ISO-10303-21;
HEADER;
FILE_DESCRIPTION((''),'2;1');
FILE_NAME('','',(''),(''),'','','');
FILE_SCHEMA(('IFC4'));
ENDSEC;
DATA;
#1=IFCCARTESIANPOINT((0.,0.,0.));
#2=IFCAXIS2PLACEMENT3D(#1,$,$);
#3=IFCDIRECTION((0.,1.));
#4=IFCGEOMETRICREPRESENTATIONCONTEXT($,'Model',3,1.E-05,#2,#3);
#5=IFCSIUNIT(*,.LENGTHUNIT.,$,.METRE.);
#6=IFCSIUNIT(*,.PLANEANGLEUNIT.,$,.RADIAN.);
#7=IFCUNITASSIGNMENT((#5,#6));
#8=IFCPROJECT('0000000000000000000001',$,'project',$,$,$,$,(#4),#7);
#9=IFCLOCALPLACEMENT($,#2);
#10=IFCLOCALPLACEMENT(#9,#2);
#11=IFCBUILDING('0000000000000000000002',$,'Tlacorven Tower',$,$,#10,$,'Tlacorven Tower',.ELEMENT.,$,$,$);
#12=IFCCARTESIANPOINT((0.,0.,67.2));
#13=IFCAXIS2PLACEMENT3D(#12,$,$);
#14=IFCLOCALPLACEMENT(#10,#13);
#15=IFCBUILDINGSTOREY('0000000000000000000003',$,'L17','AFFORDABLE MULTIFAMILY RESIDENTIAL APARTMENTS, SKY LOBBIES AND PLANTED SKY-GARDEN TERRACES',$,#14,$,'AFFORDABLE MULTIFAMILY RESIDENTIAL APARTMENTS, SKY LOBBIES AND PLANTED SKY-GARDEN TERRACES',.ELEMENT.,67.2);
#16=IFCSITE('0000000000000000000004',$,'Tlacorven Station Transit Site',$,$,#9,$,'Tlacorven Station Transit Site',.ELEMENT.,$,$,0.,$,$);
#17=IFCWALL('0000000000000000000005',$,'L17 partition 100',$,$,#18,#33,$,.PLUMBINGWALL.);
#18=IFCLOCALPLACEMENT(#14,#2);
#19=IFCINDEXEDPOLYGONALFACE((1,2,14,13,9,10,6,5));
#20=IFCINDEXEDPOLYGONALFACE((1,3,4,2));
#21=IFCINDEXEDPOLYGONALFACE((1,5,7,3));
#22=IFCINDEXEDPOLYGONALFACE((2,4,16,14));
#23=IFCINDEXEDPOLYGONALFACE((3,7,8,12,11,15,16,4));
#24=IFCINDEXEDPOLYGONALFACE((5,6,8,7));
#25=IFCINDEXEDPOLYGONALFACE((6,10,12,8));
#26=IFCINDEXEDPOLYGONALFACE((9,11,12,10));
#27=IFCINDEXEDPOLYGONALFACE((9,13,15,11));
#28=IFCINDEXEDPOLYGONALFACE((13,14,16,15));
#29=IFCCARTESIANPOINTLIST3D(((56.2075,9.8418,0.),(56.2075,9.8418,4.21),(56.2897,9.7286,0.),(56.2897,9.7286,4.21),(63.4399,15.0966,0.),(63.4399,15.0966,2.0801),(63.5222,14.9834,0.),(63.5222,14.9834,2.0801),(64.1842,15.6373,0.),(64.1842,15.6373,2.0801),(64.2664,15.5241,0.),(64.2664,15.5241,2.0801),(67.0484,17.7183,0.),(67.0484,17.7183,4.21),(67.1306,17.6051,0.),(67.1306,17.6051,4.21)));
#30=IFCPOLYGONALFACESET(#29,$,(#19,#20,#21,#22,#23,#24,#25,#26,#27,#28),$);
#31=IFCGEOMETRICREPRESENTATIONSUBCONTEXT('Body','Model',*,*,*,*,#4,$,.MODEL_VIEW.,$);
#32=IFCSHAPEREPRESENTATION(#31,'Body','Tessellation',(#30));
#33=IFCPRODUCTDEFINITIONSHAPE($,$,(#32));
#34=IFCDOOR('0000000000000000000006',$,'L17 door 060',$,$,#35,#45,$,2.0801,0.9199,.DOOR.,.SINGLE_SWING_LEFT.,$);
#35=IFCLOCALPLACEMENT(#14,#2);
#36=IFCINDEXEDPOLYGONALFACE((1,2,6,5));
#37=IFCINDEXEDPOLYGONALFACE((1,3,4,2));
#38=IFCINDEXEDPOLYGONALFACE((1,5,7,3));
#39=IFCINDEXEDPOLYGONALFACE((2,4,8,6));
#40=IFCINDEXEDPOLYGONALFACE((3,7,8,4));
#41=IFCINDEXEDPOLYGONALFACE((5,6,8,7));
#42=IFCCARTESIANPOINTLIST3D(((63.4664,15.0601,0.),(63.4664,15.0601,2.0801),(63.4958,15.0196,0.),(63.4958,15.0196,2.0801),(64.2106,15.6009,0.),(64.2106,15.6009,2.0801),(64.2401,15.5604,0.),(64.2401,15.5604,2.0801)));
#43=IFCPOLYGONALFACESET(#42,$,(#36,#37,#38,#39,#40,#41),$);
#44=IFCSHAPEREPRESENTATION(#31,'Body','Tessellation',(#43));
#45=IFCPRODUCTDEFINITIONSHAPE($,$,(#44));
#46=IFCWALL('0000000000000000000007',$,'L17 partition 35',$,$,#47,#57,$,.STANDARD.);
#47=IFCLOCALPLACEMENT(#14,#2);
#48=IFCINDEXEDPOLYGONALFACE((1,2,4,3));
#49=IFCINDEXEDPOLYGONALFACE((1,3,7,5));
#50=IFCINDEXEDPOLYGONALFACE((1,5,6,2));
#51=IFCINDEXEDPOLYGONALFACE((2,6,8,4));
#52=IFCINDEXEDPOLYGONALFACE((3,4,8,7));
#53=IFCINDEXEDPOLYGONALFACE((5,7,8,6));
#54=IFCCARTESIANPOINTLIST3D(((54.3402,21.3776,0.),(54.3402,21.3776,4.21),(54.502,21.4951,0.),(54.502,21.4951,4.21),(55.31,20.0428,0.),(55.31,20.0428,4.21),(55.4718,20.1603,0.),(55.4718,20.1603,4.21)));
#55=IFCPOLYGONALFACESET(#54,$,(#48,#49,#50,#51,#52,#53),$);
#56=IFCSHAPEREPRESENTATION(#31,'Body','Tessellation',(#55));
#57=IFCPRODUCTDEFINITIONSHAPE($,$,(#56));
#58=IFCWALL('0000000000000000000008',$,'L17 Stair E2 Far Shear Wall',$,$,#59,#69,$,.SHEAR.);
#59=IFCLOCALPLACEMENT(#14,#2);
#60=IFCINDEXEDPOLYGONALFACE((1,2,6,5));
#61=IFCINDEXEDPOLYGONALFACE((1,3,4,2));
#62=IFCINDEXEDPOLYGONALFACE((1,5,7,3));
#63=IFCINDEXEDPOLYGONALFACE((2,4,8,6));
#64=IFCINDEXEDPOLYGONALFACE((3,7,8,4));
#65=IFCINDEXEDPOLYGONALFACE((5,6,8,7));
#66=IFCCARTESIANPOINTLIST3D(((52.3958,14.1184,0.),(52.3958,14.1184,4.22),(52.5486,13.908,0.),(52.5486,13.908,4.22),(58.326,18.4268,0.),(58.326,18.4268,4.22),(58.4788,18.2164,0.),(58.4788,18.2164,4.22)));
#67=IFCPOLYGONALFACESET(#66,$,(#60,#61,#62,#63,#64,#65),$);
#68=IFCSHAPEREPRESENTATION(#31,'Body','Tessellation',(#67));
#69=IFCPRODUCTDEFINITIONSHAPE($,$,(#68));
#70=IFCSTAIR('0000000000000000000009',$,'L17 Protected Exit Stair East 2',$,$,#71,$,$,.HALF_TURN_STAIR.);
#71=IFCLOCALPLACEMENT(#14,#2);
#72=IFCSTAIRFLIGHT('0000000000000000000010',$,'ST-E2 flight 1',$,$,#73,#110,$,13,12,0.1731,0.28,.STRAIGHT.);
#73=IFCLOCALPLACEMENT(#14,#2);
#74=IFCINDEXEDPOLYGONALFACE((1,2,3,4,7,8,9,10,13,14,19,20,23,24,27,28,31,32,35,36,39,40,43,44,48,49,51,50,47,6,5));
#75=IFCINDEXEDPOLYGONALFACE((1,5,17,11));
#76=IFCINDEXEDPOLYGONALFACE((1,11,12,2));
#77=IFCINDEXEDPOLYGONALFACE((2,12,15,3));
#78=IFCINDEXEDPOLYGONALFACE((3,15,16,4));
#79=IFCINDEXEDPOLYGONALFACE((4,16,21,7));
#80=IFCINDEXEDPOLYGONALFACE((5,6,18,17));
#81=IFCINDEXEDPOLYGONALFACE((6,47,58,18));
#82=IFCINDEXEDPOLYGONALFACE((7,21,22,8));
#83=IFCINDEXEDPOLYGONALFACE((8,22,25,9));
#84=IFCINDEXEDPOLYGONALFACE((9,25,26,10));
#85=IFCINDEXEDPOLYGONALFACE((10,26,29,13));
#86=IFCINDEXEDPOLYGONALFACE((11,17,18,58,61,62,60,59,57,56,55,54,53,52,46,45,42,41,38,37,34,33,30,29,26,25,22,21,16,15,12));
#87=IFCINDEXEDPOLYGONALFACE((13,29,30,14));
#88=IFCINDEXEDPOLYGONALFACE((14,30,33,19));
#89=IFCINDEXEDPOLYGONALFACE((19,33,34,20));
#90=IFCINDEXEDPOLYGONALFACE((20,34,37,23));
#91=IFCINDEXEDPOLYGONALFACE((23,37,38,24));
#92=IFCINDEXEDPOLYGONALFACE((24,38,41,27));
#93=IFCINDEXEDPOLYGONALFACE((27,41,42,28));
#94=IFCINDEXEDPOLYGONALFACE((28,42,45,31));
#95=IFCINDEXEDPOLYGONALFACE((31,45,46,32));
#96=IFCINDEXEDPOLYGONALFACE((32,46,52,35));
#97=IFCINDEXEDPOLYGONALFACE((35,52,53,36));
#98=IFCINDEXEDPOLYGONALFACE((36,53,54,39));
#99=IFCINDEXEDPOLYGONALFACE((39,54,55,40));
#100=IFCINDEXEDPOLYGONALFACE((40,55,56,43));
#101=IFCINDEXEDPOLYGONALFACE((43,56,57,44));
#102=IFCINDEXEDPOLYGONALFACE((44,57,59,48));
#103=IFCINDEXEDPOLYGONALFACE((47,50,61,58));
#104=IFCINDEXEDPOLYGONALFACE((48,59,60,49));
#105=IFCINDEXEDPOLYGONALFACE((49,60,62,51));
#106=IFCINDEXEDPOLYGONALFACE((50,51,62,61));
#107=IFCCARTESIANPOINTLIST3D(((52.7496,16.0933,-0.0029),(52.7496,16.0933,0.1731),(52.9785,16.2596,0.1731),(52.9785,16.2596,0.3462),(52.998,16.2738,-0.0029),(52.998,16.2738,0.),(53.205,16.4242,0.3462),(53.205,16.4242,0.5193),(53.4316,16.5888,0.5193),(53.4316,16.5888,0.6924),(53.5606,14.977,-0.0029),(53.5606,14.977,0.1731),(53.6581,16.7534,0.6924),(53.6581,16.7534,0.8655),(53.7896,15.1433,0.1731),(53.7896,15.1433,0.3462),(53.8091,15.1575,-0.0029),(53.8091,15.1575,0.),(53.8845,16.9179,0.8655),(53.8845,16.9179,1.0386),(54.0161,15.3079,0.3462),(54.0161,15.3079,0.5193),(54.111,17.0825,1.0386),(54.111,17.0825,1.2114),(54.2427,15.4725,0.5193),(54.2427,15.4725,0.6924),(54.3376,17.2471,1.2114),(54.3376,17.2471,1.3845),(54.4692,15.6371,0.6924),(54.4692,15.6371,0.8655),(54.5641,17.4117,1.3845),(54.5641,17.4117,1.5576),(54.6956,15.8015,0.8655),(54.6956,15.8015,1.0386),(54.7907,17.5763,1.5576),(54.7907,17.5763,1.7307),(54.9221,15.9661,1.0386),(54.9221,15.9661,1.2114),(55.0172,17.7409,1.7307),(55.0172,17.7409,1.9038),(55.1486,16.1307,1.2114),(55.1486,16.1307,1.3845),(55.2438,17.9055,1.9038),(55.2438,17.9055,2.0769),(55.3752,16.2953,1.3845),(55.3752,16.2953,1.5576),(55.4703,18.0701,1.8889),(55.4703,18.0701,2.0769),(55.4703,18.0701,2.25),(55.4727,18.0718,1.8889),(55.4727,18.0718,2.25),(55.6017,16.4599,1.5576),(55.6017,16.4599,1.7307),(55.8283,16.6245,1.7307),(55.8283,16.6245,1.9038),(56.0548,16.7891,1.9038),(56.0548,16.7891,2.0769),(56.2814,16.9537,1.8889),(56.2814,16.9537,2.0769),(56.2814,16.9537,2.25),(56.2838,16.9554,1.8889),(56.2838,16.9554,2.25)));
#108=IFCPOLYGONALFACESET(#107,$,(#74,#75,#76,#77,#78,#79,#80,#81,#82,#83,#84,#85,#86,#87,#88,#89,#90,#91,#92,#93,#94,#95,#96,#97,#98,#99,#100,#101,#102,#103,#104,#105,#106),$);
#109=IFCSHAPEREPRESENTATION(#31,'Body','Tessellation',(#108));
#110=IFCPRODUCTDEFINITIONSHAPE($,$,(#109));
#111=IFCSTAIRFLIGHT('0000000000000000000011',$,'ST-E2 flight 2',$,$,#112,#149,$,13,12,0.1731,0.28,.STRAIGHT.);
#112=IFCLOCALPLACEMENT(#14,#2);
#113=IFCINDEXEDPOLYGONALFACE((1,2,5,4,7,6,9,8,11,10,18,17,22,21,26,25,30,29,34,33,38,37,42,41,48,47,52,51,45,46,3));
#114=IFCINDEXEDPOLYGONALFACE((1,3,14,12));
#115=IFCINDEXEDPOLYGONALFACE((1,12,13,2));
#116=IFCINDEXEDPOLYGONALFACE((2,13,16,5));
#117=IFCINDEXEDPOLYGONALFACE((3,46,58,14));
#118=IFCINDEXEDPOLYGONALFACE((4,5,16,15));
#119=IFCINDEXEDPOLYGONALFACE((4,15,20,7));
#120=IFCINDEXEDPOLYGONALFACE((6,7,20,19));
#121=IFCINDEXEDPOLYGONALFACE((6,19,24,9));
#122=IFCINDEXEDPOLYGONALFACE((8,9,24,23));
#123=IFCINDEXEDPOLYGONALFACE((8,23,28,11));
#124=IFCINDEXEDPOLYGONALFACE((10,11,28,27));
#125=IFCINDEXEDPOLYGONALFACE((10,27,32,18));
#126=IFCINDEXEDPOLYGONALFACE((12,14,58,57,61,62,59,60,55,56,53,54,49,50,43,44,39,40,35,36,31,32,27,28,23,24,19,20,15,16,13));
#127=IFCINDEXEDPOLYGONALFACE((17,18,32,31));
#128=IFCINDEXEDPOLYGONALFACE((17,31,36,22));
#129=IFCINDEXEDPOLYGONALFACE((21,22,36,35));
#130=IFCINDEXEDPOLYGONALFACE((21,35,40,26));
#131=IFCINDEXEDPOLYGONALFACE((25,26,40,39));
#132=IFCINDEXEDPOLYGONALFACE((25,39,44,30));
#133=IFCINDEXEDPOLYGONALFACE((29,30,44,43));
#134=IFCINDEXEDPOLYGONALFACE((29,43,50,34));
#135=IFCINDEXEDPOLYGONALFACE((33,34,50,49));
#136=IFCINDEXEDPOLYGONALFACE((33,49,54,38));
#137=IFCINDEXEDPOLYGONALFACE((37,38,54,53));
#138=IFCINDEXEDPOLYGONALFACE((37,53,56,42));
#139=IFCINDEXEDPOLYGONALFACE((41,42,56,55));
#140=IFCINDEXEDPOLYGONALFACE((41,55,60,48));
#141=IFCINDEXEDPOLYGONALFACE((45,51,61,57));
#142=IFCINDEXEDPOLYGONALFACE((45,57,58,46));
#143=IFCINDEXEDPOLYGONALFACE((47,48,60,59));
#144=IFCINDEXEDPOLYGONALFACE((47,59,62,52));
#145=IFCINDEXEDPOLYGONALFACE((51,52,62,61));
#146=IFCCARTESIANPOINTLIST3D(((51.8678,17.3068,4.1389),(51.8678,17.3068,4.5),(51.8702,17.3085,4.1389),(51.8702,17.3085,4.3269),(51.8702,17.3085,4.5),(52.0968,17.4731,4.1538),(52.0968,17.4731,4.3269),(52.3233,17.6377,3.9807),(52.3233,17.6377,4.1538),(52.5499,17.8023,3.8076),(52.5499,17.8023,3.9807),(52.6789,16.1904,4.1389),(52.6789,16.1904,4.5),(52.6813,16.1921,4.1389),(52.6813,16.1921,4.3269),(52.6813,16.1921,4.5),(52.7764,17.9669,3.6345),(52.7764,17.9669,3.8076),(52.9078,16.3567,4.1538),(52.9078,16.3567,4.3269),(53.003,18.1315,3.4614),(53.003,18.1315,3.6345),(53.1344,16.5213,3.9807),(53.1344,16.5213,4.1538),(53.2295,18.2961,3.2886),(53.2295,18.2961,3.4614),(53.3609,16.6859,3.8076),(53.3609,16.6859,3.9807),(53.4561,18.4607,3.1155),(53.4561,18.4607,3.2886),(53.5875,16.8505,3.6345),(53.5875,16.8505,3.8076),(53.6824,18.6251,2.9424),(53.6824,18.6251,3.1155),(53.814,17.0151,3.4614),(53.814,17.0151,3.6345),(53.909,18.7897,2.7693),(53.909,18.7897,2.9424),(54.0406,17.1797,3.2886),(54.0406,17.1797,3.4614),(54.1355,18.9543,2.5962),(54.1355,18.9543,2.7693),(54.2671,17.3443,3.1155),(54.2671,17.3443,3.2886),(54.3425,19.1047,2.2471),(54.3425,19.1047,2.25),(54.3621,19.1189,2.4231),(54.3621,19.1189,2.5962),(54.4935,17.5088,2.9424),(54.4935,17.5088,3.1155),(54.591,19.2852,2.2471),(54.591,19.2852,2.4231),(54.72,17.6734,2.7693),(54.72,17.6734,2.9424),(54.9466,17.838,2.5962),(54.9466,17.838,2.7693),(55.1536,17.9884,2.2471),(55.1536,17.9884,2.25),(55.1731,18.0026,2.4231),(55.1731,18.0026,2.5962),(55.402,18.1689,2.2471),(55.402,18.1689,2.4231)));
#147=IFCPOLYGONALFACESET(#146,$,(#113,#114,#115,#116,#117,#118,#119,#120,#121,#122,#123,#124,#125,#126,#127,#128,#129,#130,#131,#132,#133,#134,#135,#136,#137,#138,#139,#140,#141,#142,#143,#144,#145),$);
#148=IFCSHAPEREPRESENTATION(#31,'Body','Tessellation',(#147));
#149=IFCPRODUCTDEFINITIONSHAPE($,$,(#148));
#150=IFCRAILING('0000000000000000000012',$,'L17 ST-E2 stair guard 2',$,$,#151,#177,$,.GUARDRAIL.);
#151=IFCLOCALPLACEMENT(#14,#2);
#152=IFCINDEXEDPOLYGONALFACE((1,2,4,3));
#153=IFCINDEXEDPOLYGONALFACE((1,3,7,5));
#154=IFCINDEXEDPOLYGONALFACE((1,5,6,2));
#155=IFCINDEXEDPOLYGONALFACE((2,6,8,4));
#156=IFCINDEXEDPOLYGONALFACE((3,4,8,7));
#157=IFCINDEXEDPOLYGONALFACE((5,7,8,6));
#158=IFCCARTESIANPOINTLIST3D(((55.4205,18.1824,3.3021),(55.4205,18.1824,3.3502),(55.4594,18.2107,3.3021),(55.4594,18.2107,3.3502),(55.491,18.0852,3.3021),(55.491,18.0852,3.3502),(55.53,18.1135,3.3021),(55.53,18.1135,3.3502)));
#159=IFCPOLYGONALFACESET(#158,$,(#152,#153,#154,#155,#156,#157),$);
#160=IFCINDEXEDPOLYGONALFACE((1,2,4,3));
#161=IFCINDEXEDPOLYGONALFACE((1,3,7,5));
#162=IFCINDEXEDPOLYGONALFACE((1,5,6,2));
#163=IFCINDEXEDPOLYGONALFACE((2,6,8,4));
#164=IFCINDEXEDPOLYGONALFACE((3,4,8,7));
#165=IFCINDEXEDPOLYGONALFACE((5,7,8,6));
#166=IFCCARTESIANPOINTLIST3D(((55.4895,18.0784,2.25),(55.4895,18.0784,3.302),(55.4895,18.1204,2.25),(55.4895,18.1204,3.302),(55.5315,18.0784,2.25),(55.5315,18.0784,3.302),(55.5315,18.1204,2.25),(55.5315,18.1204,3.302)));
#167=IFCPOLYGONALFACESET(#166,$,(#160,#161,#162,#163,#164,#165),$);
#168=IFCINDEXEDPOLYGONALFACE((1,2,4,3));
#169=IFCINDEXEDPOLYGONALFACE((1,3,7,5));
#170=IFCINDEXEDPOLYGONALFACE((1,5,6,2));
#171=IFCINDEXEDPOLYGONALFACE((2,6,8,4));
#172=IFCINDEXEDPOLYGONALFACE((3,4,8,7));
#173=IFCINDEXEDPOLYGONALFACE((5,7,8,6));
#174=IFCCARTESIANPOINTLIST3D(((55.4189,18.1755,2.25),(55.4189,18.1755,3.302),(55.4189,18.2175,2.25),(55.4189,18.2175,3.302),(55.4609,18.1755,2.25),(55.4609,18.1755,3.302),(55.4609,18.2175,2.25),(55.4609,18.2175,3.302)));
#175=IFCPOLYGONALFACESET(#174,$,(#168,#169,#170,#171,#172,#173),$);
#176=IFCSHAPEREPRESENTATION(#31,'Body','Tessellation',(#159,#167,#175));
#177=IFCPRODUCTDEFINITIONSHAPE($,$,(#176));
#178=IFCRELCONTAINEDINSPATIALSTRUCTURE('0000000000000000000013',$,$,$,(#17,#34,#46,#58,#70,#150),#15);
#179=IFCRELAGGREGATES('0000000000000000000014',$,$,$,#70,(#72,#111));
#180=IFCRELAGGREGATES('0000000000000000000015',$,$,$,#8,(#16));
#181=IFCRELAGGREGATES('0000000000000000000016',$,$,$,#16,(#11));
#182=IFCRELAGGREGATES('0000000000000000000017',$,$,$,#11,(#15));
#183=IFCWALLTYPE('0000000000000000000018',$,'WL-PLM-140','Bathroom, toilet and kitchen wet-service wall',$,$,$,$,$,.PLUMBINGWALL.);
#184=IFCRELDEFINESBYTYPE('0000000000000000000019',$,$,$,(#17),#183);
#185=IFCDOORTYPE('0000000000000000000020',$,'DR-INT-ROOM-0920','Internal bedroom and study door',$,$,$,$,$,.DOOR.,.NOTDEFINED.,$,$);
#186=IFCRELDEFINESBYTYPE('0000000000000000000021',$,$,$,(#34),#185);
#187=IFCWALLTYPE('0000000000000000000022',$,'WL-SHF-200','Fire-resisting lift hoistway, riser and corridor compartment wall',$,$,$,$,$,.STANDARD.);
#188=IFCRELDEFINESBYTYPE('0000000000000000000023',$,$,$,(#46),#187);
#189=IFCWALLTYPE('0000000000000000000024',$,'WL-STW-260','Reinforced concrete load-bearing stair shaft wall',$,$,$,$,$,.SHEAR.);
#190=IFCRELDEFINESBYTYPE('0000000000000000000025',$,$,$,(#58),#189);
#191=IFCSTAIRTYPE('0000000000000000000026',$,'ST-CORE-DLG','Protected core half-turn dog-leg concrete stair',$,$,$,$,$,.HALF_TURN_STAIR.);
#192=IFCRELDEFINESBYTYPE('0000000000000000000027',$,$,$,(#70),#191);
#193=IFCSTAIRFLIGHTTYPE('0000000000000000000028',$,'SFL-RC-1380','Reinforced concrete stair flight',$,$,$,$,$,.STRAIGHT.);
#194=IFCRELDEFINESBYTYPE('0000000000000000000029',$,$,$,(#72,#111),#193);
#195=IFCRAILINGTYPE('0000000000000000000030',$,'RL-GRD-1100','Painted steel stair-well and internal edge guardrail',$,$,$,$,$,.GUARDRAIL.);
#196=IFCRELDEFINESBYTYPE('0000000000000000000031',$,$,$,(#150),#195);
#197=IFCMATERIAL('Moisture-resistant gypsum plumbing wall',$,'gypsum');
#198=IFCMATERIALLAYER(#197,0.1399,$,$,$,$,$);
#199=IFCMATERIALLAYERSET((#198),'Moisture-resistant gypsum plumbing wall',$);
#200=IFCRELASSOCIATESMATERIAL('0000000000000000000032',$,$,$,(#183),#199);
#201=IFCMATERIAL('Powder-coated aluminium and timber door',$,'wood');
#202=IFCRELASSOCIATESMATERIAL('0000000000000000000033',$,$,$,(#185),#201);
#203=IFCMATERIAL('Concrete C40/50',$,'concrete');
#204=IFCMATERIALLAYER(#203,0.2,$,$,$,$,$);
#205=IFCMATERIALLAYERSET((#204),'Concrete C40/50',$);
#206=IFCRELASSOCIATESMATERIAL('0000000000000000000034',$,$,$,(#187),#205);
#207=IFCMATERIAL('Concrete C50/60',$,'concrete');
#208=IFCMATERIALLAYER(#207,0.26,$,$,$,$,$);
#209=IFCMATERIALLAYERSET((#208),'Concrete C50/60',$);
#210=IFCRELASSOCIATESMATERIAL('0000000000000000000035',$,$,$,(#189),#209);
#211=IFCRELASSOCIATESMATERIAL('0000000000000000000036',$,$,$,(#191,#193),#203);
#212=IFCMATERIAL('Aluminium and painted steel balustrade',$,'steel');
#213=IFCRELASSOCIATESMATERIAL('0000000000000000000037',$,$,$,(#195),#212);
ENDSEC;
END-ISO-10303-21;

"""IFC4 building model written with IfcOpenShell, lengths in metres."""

from ifc_helpers import new_model, si_unit, direction, frame, frame_2d, origin, origin_2d, place, context, subcontext, project, spatial, polyline, rectangle, outline, extrude, source, transform, mapped, material, layer, layer_set, type_object, element, fill, aggregate, save


model = new_model("IFC4")

# Units and contexts
model_context = context("Model", 3, precision=1e-05, world=origin(), true_north=direction((0.0, 1.0)))
body_context = subcontext(model_context, "Body", "Model", "MODEL_VIEW")
ifc_project = project(units=[si_unit("LENGTHUNIT", "METRE"), si_unit("PLANEANGLEUNIT", "RADIAN")], contexts=[model_context])

# Site, building, storey
site_placement = place(None, origin())
site = spatial("IfcSite", under=ifc_project, at=site_placement, Name="Tlacorven Station Transit Site", LongName="Tlacorven Station Transit Site", CompositionType="ELEMENT", RefElevation=0.0)
building_placement = place(site_placement, origin())
building = spatial("IfcBuilding", under=site, at=building_placement, Name="Tlacorven Tower", LongName="Tlacorven Tower", CompositionType="ELEMENT")
storey_placement = place(building_placement, frame((0.0, 0.0, 67.2)))
storey = spatial("IfcBuildingStorey", under=building, at=storey_placement, Name="L17", Description="AFFORDABLE MULTIFAMILY RESIDENTIAL APARTMENTS, SKY LOBBIES AND PLANTED SKY-GARDEN TERRACES", LongName="AFFORDABLE MULTIFAMILY RESIDENTIAL APARTMENTS, SKY LOBBIES AND PLANTED SKY-GARDEN TERRACES", CompositionType="ELEMENT", Elevation=67.2)

# Wall, opening, door
ifc_material_1 = material(Name="Moisture-resistant gypsum plumbing wall", Category="gypsum")
ifc_layer_1 = layer(ifc_material_1, 0.1399)
ifc_layer_set_1 = layer_set([ifc_layer_1], Name="Moisture-resistant gypsum plumbing wall")
wall_type_1 = type_object("IfcWallType", Name="WL-PLM-140", Description="Bathroom, toilet and kitchen wet-service wall", PredefinedType="PLUMBINGWALL", material=ifc_layer_set_1)
wall_1_placement = place(storey_placement, frame((56.2485, 9.7852, 0.0), z_axis=(0.0, 0.0, 1.0), x_axis=(0.809012, 0.587792, 0.0)))
wall_1 = element("IfcWall", 1, at=wall_1_placement, inside=storey, type_object=wall_type_1, Name="L17 partition 100", PredefinedType="PLUMBINGWALL", context=body_context, shape_type="SweptSolid", body=[
    extrude(rectangle(XDim=13.4001, YDim=0.1399, at=frame_2d((6.7002, 0.0))), origin(), (0.0, 0.0, 1.0), 4.21),
])
opening_1_placement = place(wall_1_placement, frame((8.9399, 0.0, 0.0)))
opening_1 = element("IfcOpeningElement", 2, at=opening_1_placement, cuts=wall_1, PredefinedType="OPENING", context=body_context, shape_type="SweptSolid", body=[
    extrude(rectangle(XDim=0.9199, YDim=2.0801, at=frame_2d((0.46, 1.04))), frame((0.0, 0.0801, 0.0), z_axis=(0.0, -1.0, 0.0), x_axis=(1.0, 0.0, 0.0)), (0.0, 0.0, 1.0), 0.1599),
])
ifc_material_2 = material(Name="Powder-coated aluminium and timber door", Category="wood")
door_type_1 = type_object("IfcDoorType", Name="DR-INT-ROOM-0920", Description="Internal bedroom and study door", OperationType="NOTDEFINED", PredefinedType="DOOR", material=ifc_material_2)
shared_shape_1 = source(origin(), body_context, "Body", "SweptSolid", [
    extrude(rectangle(XDim=0.9199, YDim=2.0801, at=frame_2d((0.46, 1.04))), frame((0.0, 0.0249, 0.0), z_axis=(0.0, -1.0, 0.0), x_axis=(1.0, 0.0, 0.0)), (0.0, 0.0, 1.0), 0.05),
])
door_1_placement = place(opening_1_placement, origin())
door_1 = element("IfcDoor", 3, at=door_1_placement, inside=storey, type_object=door_type_1, Name="L17 door 060", OperationType="SINGLE_SWING_LEFT", OverallHeight=2.0801, OverallWidth=0.9199, PredefinedType="DOOR", context=body_context, shape_type="MappedRepresentation", body=[
    mapped(shared_shape_1, transform((0.0, 0.0, 0.0), scale=1.0)),
])
fill(opening_1, door_1)

# Walls
ifc_material_3 = material(Name="Concrete C40/50", Category="concrete")
ifc_layer_2 = layer(ifc_material_3, 0.2)
ifc_layer_set_2 = layer_set([ifc_layer_2], Name="Concrete C40/50")
wall_type_2 = type_object("IfcWallType", Name="WL-SHF-200", Description="Fire-resisting lift hoistway, riser and corridor compartment wall", PredefinedType="STANDARD", material=ifc_layer_set_2)
wall_2_placement = place(storey_placement, frame((55.3909, 20.1016, 0.0), z_axis=(0.0, 0.0, 1.0), x_axis=(-0.587784, 0.809018, 0.0)))
element("IfcWall", 4, at=wall_2_placement, inside=storey, type_object=wall_type_2, Name="L17 partition 35", PredefinedType="STANDARD", context=body_context, shape_type="SweptSolid", body=[
    extrude(rectangle(XDim=1.6499, YDim=0.2, at=frame_2d((0.825, 0.0))), origin(), (0.0, 0.0, 1.0), 4.21),
])
ifc_material_4 = material(Name="Concrete C50/60", Category="concrete")
ifc_layer_3 = layer(ifc_material_4, 0.26)
ifc_layer_set_3 = layer_set([ifc_layer_3], Name="Concrete C50/60")
wall_type_3 = type_object("IfcWallType", Name="WL-STW-260", Description="Reinforced concrete load-bearing stair shaft wall", PredefinedType="SHEAR", material=ifc_layer_set_3)
wall_3_placement = place(storey_placement, frame((52.4722, 14.0132, 0.0), z_axis=(0.0, 0.0, 1.0), x_axis=(0.809028, 0.58777, 0.0)))
element("IfcWall", 5, at=wall_3_placement, inside=storey, type_object=wall_type_3, Name="L17 Stair E2 Far Shear Wall", PredefinedType="SHEAR", context=body_context, shape_type="SweptSolid", body=[
    extrude(rectangle(XDim=7.3301, YDim=0.26, at=frame_2d((3.665, 0.0))), origin(), (0.0, 0.0, 1.0), 4.22),
])

# Stair, stair flights
stair_type = type_object("IfcStairType", Name="ST-CORE-DLG", Description="Protected core half-turn dog-leg concrete stair", PredefinedType="HALF_TURN_STAIR", material=ifc_material_3)
stair_placement = place(storey_placement, origin())
stair = element("IfcStair", 6, at=stair_placement, inside=storey, type_object=stair_type, Name="L17 Protected Exit Stair East 2", PredefinedType="HALF_TURN_STAIR")
stair_flight_type = type_object("IfcStairFlightType", Name="SFL-RC-1380", Description="Reinforced concrete stair flight", PredefinedType="STRAIGHT", material=ifc_material_3)
shared_shape_2 = source(origin(), body_context, "Body", "SweptSolid", [
    extrude(outline(polyline([(-0.0029, -0.0029), (-0.0029, 0.1731), (0.28, 0.1731), (0.28, 0.3462), (0.5601, 0.3462), (0.5601, 0.5193), (0.8401, 0.5193), (0.8401, 0.6924), (1.1201, 0.6924), (1.1201, 0.8655), (1.3999, 0.8655), (1.3999, 1.0386), (1.6799, 1.0386), (1.6799, 1.2114), (1.96, 1.2114), (1.96, 1.3845), (2.24, 1.3845), (2.24, 1.5576), (2.52, 1.5576), (2.52, 1.7307), (2.8, 1.7307), (2.8, 1.9038), (3.0801, 1.9038), (3.0801, 2.0769), (3.3601, 2.0769), (3.3601, 2.25), (3.363, 2.25), (3.363, 1.8889), (3.3601, 1.8889), (0.3042, 0.0), (0.3042, -0.0029), (-0.0029, -0.0029)])), frame((0.0, 0.6899, 0.0), z_axis=(0.0, -1.0, 0.0), x_axis=(1.0, 0.0, 0.0)), (0.0, 0.0, 1.0), 1.3799),
])
stair_flight_1_placement = place(storey_placement, frame((53.1575, 15.5369, 0.0), z_axis=(0.0, 0.0, 1.0), x_axis=(0.809017, 0.587785, 0.0)))
stair_flight_1 = element("IfcStairFlight", 7, at=stair_flight_1_placement, type_object=stair_flight_type, Name="ST-E2 flight 1", NumberOfRisers=13, NumberOfTreads=12, PredefinedType="STRAIGHT", RiserHeight=0.1731, TreadLength=0.28, context=body_context, shape_type="MappedRepresentation", body=[
    mapped(shared_shape_2, transform((0.0, 0.0, 0.0), scale=1.0)),
])
stair_flight_2_placement = place(storey_placement, frame((54.9941, 18.7253, 2.25), z_axis=(0.0, 0.0, 1.0), x_axis=(-0.809017, -0.587785, 0.0)))
stair_flight_2 = element("IfcStairFlight", 8, at=stair_flight_2_placement, type_object=stair_flight_type, Name="ST-E2 flight 2", NumberOfRisers=13, NumberOfTreads=12, PredefinedType="STRAIGHT", RiserHeight=0.1731, TreadLength=0.28, context=body_context, shape_type="MappedRepresentation", body=[
    mapped(shared_shape_2, transform((0.0, 0.0, 0.0), scale=1.0)),
])
aggregate(stair, [stair_flight_1, stair_flight_2])

# Railing
ifc_material_5 = material(Name="Aluminium and painted steel balustrade", Category="steel")
railing_type_1 = type_object("IfcRailingType", Name="RL-GRD-1100", Description="Painted steel stair-well and internal edge guardrail", PredefinedType="GUARDRAIL", material=ifc_material_5)
shared_shape_3 = source(origin(), body_context, "Body", "SweptSolid", [
    extrude(rectangle(XDim=0.0481, YDim=0.0481, at=origin_2d()), frame((0.0, 0.0, 1.0762), z_axis=(-0.587567, 0.809175, 0.0), x_axis=(-0.809175, -0.587567, 0.0)), (0.0, 0.0, 1.0), 0.1201),
    extrude(rectangle(XDim=0.042, YDim=0.042, at=origin_2d()), origin(), (0.0, 0.0, 1.0), 1.052),
    extrude(rectangle(XDim=0.042, YDim=0.042, at=origin_2d()), frame((-0.0706, 0.0972, 0.0)), (0.0, 0.0, 1.0), 1.052),
])
for number, where, name in (
    (9, (55.5105, 18.0994, 2.25), "L17 ST-E2 stair guard 2"),
):
    element("IfcRailing", number, at=place(storey_placement, frame(where)), inside=storey, type_object=railing_type_1, Name=name, PredefinedType="GUARDRAIL", context=body_context, shape_type="MappedRepresentation", body=[
        mapped(shared_shape_3, transform((0.0, 0.0, 0.0), scale=1.0)),
    ])

save(model, "model.ifc")
